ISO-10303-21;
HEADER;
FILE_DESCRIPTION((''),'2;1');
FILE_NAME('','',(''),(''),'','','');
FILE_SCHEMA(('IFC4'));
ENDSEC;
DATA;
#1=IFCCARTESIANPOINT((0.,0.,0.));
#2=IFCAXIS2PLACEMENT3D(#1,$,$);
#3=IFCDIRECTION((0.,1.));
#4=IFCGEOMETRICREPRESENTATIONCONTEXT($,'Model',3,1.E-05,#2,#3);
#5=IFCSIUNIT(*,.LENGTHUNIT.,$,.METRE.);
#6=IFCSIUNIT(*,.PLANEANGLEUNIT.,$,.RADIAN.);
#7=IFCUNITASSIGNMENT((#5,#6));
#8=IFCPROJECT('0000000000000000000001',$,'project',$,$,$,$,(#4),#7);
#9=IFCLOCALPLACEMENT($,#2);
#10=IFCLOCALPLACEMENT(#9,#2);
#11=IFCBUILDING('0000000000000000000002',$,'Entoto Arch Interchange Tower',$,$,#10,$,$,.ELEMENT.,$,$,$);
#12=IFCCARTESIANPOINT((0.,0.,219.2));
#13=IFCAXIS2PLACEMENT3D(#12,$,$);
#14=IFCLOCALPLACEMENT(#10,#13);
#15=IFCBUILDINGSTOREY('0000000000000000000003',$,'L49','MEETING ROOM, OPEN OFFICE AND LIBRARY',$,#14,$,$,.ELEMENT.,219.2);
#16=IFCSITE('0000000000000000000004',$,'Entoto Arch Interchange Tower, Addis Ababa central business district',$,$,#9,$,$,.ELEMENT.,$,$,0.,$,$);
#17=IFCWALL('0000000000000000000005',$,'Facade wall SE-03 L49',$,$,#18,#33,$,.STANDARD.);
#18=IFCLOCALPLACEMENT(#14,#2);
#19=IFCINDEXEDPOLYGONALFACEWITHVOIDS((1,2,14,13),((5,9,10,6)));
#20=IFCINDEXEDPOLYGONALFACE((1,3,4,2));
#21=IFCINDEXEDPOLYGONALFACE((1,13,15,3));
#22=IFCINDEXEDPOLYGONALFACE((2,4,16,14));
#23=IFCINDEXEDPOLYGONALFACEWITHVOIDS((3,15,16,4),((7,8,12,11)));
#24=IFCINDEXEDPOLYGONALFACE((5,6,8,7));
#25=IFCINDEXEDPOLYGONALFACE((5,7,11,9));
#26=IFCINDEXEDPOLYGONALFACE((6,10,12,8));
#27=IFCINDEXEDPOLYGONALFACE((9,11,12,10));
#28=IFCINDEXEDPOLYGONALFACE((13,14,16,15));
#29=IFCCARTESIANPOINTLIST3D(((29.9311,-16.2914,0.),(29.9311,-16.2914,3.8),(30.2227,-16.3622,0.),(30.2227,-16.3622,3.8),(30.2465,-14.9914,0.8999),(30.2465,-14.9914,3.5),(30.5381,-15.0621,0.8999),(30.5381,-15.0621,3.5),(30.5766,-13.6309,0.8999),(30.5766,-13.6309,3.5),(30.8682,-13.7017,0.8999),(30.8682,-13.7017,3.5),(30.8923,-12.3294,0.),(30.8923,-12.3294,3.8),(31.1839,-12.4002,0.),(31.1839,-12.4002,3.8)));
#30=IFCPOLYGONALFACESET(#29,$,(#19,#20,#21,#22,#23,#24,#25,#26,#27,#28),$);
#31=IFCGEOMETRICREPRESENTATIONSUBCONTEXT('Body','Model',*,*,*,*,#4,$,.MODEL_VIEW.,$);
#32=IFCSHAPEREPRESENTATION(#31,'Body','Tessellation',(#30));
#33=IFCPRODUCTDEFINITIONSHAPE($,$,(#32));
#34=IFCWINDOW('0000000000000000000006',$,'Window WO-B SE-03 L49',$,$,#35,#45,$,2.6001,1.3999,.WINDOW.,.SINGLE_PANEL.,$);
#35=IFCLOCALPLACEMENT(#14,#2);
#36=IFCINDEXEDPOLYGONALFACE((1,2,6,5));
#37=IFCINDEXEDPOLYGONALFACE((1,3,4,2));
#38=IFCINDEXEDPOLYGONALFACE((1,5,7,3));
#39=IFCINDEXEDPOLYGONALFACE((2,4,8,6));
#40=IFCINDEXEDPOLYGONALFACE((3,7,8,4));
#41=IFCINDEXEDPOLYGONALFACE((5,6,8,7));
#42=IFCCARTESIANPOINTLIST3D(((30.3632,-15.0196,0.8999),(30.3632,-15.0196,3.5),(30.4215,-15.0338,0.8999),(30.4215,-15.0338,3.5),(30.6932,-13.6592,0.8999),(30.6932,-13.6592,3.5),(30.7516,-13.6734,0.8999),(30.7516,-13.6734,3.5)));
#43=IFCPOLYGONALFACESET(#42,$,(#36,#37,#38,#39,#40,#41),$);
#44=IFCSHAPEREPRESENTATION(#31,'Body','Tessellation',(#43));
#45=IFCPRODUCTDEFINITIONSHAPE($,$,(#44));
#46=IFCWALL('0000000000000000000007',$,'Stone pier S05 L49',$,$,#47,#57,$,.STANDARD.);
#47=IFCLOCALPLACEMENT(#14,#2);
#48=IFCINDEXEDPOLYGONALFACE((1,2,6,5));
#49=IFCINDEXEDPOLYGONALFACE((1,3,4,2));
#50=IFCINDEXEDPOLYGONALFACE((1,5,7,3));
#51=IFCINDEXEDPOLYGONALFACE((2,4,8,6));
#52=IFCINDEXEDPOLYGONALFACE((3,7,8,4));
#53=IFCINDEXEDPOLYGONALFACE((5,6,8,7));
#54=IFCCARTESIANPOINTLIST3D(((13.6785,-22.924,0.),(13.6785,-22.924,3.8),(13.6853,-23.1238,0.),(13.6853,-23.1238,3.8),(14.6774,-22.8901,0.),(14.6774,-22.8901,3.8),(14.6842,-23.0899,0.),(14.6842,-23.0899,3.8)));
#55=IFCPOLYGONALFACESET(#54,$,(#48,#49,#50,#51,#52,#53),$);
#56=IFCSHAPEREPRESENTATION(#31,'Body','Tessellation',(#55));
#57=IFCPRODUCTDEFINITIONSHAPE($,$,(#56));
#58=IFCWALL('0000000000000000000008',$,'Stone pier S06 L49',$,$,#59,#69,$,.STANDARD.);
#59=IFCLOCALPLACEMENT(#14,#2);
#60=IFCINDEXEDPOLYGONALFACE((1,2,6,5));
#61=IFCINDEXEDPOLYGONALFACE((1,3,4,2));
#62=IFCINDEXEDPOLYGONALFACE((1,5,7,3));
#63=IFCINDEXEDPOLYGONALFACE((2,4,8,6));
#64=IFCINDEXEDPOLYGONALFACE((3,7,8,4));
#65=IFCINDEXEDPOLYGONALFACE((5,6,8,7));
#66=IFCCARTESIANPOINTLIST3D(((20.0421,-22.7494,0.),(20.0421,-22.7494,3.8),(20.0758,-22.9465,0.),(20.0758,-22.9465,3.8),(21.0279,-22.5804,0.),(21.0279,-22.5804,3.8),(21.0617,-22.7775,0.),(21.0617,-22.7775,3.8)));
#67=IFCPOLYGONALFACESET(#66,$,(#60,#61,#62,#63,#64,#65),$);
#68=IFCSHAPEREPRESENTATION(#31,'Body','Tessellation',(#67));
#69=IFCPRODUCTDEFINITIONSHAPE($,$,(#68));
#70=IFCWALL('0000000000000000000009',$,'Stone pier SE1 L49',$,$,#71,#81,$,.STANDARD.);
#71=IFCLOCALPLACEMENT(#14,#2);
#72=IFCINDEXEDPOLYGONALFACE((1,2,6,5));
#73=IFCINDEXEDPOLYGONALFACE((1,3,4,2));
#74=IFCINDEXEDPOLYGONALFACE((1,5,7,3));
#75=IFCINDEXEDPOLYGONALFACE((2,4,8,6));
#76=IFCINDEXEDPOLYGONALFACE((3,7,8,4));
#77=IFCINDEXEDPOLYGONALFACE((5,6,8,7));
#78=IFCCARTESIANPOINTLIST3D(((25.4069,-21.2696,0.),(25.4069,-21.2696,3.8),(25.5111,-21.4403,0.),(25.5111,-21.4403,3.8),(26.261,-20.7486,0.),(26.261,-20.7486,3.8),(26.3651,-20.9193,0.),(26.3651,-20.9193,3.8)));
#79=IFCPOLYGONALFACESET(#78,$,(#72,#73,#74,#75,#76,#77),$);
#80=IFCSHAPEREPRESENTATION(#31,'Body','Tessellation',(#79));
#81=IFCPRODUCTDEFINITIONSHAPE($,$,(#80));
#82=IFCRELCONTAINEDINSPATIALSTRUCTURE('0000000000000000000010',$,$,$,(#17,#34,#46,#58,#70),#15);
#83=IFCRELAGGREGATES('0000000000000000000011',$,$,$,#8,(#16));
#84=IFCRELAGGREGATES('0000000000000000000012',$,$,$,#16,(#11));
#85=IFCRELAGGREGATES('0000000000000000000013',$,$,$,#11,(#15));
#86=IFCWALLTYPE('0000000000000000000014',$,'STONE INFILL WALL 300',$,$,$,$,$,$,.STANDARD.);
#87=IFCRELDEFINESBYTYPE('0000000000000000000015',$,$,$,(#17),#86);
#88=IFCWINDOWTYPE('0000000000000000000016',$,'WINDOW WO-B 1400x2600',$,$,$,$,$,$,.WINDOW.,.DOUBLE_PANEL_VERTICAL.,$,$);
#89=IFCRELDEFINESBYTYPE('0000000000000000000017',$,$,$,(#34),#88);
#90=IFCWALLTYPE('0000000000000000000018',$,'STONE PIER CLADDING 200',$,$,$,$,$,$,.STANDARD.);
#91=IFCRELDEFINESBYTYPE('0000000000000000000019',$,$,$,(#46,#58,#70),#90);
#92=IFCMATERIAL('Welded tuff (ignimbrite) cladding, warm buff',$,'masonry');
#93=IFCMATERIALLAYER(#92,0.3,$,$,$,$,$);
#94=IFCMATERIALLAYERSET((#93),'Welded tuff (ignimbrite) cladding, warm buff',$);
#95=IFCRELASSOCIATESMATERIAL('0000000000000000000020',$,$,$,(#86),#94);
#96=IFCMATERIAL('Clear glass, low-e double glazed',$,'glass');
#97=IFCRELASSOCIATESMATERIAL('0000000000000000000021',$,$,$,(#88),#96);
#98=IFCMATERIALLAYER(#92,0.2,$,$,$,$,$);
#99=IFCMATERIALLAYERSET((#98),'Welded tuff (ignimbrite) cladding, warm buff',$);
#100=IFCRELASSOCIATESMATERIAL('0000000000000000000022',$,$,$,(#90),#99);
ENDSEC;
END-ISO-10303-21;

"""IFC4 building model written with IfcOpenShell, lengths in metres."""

from ifc_helpers import new_model, si_unit, direction, frame, frame_2d, origin, place, context, subcontext, project, spatial, rectangle, extrude, material, layer, layer_set, type_object, element, fill, save


model = new_model("IFC4")

# Units and contexts
model_context = context("Model", 3, precision=1e-05, world=origin(), true_north=direction((0.0, 1.0)))
body_context = subcontext(model_context, "Body", "Model", "MODEL_VIEW")
ifc_project = project(units=[si_unit("LENGTHUNIT", "METRE"), si_unit("PLANEANGLEUNIT", "RADIAN")], contexts=[model_context])

# Site, building, storey
site_placement = place(None, origin())
site = spatial("IfcSite", under=ifc_project, at=site_placement, Name="Entoto Arch Interchange Tower, Addis Ababa central business district", CompositionType="ELEMENT", RefElevation=0.0)
building_placement = place(site_placement, origin())
building = spatial("IfcBuilding", under=site, at=building_placement, Name="Entoto Arch Interchange Tower", CompositionType="ELEMENT")
storey_placement = place(building_placement, frame((0.0, 0.0, 219.2)))
storey = spatial("IfcBuildingStorey", under=building, at=storey_placement, Name="L49", Description="MEETING ROOM, OPEN OFFICE AND LIBRARY", CompositionType="ELEMENT", Elevation=219.2)

# Shared definitions
ifc_material_1 = material(Name="Welded tuff (ignimbrite) cladding, warm buff", Category="masonry")
ifc_layer_1 = layer(ifc_material_1, 0.3)
ifc_layer_set_1 = layer_set([ifc_layer_1], Name="Welded tuff (ignimbrite) cladding, warm buff")
wall_type_1 = type_object("IfcWallType", Name="STONE INFILL WALL 300", PredefinedType="STANDARD", material=ifc_layer_set_1)
ifc_material_2 = material(Name="Clear glass, low-e double glazed", Category="glass")
window_type = type_object("IfcWindowType", Name="WINDOW WO-B 1400x2600", PartitioningType="DOUBLE_PANEL_VERTICAL", PredefinedType="WINDOW", material=ifc_material_2)

# Wall, opening, window
wall_1_placement = place(storey_placement, frame((30.0769, -16.3269, 0.0), z_axis=(0.0, 0.0, 1.0), x_axis=(0.235766, 0.97181, 0.0)))
wall_1 = element("IfcWall", 1, at=wall_1_placement, inside=storey, type_object=wall_type_1, Name="Facade wall SE-03 L49", PredefinedType="STANDARD", context=body_context, shape_type="SweptSolid", body=[
    extrude(rectangle(XDim=4.0769, YDim=0.3, at=frame_2d((2.0386, 0.0))), origin(), (0.0, 0.0, 1.0), 3.8),
])
opening_1_placement = place(wall_1_placement, frame((1.3379, 0.0, 0.8999)))
opening_1 = element("IfcOpeningElement", 2, at=opening_1_placement, cuts=wall_1, PredefinedType="OPENING", context=body_context, shape_type="SweptSolid", body=[
    extrude(rectangle(XDim=1.3999, YDim=2.6001, at=frame_2d((0.7, 1.3))), frame((0.0, 0.1602, 0.0), z_axis=(0.0, -1.0, 0.0), x_axis=(1.0, 0.0, 0.0)), (0.0, 0.0, 1.0), 0.3201),
])
window_1_placement = place(opening_1_placement, origin())
window_1 = element("IfcWindow", 3, at=window_1_placement, inside=storey, type_object=window_type, Name="Window WO-B SE-03 L49", OverallHeight=2.6001, OverallWidth=1.3999, PartitioningType="SINGLE_PANEL", PredefinedType="WINDOW", context=body_context, shape_type="SweptSolid", body=[
    extrude(rectangle(XDim=1.3999, YDim=2.6001, at=frame_2d((0.7, 1.3))), frame((0.0, 0.03, 0.0), z_axis=(0.0, -1.0, 0.0), x_axis=(1.0, 0.0, 0.0)), (0.0, 0.0, 1.0), 0.0601),
])
fill(opening_1, window_1)

# Walls
ifc_layer_2 = layer(ifc_material_1, 0.2)
ifc_layer_set_2 = layer_set([ifc_layer_2], Name="Welded tuff (ignimbrite) cladding, warm buff")
wall_type_2 = type_object("IfcWallType", Name="STONE PIER CLADDING 200", PredefinedType="STANDARD", material=ifc_layer_set_2)
wall_2_placement = place(storey_placement, frame((13.6819, -23.0239, 0.0), z_axis=(0.0, 0.0, 1.0), x_axis=(0.999424, 0.033949, 0.0)))
element("IfcWall", 4, at=wall_2_placement, inside=storey, type_object=wall_type_2, Name="Stone pier S05 L49", PredefinedType="STANDARD", context=body_context, shape_type="SweptSolid", body=[
    extrude(rectangle(XDim=0.9995, YDim=0.2, at=frame_2d((0.4998, 0.0))), origin(), (0.0, 0.0, 1.0), 3.8),
])
wall_3_placement = place(storey_placement, frame((20.0591, -22.8479, 0.0), z_axis=(0.0, 0.0, 1.0), x_axis=(0.985632, 0.16891, 0.0)))
element("IfcWall", 5, at=wall_3_placement, inside=storey, type_object=wall_type_2, Name="Stone pier S06 L49", PredefinedType="STANDARD", context=body_context, shape_type="SweptSolid", body=[
    extrude(rectangle(XDim=1.0002, YDim=0.2, at=frame_2d((0.5, 0.0))), origin(), (0.0, 0.0, 1.0), 3.8),
])
wall_4_placement = place(storey_placement, frame((25.459, -21.355, 0.0), z_axis=(0.0, 0.0, 1.0), x_axis=(0.85368, 0.520798, 0.0)))
element("IfcWall", 6, at=wall_4_placement, inside=storey, type_object=wall_type_2, Name="Stone pier SE1 L49", PredefinedType="STANDARD", context=body_context, shape_type="SweptSolid", body=[
    extrude(rectangle(XDim=1.0005, YDim=0.2, at=frame_2d((0.5002, 0.0))), origin(), (0.0, 0.0, 1.0), 3.8),
])

save(model, "model.ifc")
